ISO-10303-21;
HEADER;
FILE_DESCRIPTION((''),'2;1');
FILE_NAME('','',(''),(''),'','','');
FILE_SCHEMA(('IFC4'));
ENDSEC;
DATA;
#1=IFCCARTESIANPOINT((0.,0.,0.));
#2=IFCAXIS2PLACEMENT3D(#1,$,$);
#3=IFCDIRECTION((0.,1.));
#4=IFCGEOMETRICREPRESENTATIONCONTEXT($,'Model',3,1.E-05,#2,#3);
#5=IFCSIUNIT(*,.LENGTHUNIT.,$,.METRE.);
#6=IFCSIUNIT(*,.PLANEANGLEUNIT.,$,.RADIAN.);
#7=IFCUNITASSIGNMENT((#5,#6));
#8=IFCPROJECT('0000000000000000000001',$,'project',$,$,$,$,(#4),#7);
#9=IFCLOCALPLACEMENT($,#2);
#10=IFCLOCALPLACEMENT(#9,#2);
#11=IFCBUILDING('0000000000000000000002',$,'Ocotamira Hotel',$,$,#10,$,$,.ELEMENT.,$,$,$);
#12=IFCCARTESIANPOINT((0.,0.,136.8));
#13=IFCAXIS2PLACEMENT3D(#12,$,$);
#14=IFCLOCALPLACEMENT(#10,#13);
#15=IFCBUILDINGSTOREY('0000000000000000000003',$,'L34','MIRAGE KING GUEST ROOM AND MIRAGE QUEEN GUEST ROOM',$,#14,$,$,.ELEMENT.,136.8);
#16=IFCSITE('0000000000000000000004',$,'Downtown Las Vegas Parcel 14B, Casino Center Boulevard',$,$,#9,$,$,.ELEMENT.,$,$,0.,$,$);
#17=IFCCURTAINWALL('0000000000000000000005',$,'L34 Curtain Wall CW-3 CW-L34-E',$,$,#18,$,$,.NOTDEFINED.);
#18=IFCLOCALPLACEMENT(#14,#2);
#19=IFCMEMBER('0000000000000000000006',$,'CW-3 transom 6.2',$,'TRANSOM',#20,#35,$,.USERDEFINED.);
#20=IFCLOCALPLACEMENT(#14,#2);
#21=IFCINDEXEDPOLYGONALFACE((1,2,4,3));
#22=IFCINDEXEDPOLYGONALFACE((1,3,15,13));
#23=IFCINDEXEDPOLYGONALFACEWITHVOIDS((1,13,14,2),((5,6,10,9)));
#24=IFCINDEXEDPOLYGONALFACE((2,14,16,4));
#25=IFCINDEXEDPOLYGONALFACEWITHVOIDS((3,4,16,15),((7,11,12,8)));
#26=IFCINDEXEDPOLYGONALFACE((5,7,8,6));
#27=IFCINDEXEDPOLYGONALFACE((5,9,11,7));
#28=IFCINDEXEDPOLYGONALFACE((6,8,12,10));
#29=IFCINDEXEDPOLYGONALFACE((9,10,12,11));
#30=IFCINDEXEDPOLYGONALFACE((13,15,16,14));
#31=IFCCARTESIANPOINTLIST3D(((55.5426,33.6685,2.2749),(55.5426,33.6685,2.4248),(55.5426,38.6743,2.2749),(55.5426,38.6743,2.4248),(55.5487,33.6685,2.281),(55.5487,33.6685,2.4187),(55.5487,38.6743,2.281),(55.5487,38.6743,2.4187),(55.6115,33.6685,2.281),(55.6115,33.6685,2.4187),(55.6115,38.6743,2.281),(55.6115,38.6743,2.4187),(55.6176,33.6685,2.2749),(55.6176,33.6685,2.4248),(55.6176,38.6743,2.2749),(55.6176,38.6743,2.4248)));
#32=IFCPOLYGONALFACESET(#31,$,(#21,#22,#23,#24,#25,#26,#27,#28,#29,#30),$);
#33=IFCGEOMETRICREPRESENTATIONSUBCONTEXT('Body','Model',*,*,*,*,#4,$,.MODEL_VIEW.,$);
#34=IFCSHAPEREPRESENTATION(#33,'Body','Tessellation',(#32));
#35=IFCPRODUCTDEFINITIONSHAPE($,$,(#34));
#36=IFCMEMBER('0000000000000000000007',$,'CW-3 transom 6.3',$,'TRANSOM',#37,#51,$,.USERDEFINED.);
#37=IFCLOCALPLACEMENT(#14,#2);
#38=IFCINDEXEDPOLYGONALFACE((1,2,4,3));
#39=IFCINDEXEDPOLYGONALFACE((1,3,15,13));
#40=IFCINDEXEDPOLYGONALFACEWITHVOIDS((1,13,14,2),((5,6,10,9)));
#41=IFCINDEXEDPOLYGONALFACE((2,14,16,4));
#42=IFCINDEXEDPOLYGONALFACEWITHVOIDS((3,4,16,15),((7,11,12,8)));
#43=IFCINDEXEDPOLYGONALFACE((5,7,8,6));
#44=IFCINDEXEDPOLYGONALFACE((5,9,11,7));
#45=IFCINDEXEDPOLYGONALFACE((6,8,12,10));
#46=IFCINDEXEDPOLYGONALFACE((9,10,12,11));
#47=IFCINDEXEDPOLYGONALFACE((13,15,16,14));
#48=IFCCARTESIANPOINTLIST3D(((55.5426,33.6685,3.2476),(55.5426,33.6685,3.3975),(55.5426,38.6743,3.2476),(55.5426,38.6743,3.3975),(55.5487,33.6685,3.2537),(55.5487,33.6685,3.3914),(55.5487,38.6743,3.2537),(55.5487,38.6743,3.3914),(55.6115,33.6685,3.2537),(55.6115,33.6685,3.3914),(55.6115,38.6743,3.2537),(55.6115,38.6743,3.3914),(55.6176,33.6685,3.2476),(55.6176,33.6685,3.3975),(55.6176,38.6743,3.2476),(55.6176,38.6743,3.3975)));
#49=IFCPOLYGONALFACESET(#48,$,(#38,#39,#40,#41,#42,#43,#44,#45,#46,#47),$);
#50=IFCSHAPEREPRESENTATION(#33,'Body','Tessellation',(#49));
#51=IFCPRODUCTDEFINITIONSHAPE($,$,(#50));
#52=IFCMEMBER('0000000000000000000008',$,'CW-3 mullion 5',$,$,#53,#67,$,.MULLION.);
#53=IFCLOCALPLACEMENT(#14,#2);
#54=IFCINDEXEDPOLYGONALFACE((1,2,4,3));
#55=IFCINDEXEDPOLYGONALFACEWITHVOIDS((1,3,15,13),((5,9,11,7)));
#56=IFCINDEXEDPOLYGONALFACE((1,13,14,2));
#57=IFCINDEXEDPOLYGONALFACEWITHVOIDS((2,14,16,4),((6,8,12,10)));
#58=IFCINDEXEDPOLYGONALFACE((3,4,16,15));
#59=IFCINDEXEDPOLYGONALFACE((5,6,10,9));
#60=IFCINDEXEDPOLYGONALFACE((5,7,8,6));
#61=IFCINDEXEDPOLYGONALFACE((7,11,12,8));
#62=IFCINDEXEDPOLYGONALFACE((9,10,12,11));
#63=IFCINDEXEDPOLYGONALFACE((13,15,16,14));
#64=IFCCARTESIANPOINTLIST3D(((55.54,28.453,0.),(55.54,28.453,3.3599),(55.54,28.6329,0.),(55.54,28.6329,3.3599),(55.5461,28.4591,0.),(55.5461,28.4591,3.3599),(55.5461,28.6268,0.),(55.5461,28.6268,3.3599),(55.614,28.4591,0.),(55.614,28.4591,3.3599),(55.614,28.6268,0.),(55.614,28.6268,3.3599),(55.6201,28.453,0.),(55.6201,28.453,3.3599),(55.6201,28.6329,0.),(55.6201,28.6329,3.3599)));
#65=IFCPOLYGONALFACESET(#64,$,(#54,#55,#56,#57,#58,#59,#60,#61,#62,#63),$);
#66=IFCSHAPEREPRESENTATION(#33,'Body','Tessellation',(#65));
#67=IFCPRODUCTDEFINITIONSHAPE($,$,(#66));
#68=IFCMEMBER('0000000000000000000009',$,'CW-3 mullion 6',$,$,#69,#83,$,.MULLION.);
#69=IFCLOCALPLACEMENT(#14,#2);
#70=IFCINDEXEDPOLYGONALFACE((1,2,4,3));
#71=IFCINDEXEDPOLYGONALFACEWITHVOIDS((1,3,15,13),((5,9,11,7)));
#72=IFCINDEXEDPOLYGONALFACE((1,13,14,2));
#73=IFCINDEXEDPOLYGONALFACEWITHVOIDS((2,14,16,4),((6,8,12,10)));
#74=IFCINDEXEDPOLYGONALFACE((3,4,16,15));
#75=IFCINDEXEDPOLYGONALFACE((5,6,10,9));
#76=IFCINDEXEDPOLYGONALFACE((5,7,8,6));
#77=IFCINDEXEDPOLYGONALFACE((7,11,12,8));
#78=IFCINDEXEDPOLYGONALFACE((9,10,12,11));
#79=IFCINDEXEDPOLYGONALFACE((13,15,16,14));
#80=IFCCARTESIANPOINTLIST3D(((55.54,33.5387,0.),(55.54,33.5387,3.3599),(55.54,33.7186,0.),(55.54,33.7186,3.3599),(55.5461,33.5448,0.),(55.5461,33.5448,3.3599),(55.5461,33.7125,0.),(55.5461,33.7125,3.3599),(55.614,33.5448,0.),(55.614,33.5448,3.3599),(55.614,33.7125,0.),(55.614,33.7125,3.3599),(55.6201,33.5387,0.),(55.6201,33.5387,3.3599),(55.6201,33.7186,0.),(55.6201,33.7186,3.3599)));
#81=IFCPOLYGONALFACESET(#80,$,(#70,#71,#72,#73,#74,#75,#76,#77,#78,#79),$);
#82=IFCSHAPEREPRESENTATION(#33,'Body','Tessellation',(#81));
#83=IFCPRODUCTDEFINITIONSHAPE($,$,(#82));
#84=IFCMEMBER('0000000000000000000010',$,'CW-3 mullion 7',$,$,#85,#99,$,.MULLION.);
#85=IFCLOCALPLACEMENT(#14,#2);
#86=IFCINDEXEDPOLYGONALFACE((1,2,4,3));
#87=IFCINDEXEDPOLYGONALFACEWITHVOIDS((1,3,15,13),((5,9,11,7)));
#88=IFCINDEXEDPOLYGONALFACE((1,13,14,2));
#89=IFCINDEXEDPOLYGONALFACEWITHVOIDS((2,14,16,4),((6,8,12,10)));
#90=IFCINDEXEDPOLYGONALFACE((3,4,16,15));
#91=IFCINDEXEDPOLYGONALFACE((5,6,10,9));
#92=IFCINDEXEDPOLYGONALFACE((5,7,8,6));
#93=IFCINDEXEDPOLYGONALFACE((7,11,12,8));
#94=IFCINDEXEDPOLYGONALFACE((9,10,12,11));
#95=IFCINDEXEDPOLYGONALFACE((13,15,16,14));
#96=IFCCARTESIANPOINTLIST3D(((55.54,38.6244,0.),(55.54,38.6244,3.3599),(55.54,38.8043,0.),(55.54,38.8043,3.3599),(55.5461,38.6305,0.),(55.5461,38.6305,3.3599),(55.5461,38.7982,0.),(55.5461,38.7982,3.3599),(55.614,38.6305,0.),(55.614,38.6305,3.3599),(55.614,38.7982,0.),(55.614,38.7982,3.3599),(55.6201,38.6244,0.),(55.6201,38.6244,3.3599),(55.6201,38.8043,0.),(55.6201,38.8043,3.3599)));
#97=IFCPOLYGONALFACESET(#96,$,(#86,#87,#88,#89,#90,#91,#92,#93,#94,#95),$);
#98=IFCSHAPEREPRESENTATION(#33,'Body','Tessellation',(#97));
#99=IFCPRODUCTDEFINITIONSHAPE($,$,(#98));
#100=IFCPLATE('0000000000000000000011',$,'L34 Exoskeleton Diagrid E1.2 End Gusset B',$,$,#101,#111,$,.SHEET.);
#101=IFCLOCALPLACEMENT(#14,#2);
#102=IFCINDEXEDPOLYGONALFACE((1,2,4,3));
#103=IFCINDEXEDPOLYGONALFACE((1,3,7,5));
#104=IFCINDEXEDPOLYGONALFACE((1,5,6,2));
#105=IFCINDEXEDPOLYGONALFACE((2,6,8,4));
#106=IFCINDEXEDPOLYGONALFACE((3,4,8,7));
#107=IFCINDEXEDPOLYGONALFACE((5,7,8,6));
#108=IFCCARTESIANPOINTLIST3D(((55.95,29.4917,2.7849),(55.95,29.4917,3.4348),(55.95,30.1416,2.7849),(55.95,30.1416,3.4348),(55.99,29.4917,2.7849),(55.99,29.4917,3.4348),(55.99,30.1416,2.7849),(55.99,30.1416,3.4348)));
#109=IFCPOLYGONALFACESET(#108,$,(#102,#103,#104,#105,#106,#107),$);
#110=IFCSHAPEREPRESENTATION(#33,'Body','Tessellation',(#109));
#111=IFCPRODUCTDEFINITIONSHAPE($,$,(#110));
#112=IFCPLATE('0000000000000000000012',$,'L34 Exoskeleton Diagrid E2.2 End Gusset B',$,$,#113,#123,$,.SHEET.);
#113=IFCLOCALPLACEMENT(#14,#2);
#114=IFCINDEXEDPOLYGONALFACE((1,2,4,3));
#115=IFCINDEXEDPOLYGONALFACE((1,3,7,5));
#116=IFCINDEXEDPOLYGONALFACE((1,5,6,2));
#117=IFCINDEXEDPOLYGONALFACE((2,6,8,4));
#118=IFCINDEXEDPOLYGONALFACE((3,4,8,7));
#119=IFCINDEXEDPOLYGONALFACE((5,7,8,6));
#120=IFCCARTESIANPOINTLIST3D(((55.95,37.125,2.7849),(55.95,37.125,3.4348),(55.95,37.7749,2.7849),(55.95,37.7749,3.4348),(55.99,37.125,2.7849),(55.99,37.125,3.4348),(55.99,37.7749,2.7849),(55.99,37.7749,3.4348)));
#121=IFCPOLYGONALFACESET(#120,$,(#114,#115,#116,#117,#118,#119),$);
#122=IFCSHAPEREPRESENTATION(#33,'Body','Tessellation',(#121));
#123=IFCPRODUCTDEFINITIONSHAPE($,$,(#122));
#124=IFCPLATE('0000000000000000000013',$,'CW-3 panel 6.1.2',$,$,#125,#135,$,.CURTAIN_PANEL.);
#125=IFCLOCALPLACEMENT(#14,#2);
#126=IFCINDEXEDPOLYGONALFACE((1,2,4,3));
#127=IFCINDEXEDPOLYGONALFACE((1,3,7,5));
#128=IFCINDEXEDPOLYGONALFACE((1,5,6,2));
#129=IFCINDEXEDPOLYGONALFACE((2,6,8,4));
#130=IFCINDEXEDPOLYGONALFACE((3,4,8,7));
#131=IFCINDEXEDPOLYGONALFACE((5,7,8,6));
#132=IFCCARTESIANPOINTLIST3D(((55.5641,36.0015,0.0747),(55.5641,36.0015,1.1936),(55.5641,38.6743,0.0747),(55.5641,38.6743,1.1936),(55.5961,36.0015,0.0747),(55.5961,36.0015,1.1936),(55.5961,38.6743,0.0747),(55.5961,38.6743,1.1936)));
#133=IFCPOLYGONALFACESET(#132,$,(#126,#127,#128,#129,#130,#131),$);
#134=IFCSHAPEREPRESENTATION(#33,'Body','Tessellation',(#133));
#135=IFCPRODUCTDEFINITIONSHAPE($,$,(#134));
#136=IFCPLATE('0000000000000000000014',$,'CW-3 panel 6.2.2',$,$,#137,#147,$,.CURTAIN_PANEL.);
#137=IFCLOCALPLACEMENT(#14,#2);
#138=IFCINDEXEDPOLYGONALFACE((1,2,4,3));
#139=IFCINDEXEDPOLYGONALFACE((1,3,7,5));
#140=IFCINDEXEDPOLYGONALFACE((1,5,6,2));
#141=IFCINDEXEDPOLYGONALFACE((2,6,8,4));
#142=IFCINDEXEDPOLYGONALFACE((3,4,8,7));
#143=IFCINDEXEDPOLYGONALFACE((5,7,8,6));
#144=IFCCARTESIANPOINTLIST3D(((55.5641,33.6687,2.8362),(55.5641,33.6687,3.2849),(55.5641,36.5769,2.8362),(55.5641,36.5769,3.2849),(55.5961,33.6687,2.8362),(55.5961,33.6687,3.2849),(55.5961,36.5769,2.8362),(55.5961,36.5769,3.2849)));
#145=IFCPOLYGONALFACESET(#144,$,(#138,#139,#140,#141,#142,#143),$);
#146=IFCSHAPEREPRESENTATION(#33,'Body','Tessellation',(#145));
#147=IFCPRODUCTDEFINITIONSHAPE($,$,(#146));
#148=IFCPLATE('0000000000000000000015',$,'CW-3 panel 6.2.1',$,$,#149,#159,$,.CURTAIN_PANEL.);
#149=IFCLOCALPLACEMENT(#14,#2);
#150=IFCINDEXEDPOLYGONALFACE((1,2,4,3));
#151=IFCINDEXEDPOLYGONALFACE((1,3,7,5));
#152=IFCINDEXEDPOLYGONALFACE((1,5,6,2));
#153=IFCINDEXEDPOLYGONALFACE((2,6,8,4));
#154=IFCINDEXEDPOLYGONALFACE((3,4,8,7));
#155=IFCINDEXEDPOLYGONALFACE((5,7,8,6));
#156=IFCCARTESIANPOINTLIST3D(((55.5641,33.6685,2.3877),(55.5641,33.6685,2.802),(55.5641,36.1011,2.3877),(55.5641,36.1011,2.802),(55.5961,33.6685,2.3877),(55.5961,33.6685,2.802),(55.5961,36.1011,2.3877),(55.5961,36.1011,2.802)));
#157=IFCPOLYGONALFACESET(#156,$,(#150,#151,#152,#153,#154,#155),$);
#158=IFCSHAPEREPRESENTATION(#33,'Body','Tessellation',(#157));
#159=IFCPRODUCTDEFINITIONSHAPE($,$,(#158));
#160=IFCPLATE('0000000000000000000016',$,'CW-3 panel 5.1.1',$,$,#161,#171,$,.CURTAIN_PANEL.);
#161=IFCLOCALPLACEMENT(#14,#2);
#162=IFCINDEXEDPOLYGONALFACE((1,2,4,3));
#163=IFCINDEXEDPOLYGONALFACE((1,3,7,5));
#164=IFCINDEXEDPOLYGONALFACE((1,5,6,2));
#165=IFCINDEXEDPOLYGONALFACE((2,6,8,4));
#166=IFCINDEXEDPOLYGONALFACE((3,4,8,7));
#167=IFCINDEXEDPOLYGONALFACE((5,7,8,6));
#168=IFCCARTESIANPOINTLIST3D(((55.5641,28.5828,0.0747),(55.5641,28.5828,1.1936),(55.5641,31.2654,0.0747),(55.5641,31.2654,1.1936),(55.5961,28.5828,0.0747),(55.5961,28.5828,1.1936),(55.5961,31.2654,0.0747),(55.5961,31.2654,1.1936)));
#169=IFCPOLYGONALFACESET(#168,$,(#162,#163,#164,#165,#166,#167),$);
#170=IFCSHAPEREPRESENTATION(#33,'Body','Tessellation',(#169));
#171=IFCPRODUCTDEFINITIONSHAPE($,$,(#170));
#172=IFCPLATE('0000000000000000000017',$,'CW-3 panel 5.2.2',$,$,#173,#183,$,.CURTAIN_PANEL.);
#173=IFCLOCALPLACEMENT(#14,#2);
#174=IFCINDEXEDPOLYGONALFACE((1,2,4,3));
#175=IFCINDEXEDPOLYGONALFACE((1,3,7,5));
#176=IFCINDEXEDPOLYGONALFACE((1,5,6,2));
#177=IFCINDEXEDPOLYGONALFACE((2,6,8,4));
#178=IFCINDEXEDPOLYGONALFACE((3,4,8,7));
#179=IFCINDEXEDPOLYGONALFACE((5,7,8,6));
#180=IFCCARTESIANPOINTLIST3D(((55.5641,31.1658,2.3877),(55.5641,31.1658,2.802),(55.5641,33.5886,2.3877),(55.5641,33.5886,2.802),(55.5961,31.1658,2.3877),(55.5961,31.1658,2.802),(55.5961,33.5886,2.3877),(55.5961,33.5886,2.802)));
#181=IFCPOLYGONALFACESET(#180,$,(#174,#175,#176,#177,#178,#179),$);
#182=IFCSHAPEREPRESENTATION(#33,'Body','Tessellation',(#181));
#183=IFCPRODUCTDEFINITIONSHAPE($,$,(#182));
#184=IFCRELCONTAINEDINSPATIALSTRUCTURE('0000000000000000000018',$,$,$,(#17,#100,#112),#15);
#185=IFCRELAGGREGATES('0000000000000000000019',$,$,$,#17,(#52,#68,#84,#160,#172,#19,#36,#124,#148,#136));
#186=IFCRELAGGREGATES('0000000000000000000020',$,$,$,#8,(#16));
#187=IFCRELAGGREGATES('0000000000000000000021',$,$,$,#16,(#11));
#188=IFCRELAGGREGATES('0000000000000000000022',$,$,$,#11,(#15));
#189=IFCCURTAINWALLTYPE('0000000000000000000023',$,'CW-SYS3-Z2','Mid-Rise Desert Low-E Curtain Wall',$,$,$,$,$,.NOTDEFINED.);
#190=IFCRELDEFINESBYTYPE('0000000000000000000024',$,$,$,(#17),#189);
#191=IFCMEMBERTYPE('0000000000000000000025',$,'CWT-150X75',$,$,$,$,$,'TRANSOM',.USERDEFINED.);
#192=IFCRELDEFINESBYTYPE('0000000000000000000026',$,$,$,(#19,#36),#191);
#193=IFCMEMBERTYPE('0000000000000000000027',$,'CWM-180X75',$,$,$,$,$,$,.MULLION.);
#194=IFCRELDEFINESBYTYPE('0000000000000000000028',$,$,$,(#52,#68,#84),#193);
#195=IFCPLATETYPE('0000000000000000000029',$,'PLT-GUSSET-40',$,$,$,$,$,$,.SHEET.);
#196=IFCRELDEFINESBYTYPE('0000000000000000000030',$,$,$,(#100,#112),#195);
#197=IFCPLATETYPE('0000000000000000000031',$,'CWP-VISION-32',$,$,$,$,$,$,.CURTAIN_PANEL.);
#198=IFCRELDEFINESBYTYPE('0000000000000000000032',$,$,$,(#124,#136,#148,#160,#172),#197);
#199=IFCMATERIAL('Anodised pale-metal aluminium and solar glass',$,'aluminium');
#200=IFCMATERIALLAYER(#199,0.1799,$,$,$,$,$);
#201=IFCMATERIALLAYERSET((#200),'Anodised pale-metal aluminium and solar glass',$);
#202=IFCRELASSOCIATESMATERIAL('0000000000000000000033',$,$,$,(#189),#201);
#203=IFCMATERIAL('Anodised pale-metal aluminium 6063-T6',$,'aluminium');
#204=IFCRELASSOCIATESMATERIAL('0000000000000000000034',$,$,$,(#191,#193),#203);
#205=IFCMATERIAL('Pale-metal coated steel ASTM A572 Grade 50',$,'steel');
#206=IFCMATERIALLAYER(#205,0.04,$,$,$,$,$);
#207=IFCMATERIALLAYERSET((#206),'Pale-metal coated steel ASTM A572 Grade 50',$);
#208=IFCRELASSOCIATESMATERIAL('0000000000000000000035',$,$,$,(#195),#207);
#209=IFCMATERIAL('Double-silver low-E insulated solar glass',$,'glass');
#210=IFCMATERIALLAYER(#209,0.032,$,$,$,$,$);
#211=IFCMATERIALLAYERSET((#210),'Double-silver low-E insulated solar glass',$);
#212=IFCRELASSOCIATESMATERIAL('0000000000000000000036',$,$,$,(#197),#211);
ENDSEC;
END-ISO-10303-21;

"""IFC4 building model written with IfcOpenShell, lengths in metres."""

from ifc_helpers import new_model, si_unit, direction, frame, origin, origin_2d, place, context, subcontext, project, spatial, rectangle, hollow_rectangle, extrude, source, transform, mapped, material, layer, layer_set, material_profile, profile_set, type_object, element, aggregate, save


model = new_model("IFC4")

# Units and contexts
model_context = context("Model", 3, precision=1e-05, world=origin(), true_north=direction((0.0, 1.0)))
body_context = subcontext(model_context, "Body", "Model", "MODEL_VIEW")
ifc_project = project(units=[si_unit("LENGTHUNIT", "METRE"), si_unit("PLANEANGLEUNIT", "RADIAN")], contexts=[model_context])

# Site, building, storey
site_placement = place(None, origin())
site = spatial("IfcSite", under=ifc_project, at=site_placement, Name="Downtown Las Vegas Parcel 14B, Casino Center Boulevard", CompositionType="ELEMENT", RefElevation=0.0)
building_placement = place(site_placement, origin())
building = spatial("IfcBuilding", under=site, at=building_placement, Name="Ocotamira Hotel", CompositionType="ELEMENT")
storey_placement = place(building_placement, frame((0.0, 0.0, 136.8)))
storey = spatial("IfcBuildingStorey", under=building, at=storey_placement, Name="L34", Description="MIRAGE KING GUEST ROOM AND MIRAGE QUEEN GUEST ROOM", CompositionType="ELEMENT", Elevation=136.8)

# Curtain wall, members
ifc_material_1 = material(Name="Anodised pale-metal aluminium and solar glass", Category="aluminium")
ifc_layer_1 = layer(ifc_material_1, 0.1799)
ifc_layer_set_1 = layer_set([ifc_layer_1], Name="Anodised pale-metal aluminium and solar glass")
curtain_wall_type = type_object("IfcCurtainWallType", Name="CW-SYS3-Z2", Description="Mid-Rise Desert Low-E Curtain Wall", PredefinedType="NOTDEFINED", material=ifc_layer_set_1)
curtain_wall_placement = place(storey_placement, origin())
curtain_wall = element("IfcCurtainWall", 1, at=curtain_wall_placement, inside=storey, type_object=curtain_wall_type, Name="L34 Curtain Wall CW-3 CW-L34-E", PredefinedType="NOTDEFINED")
ifc_material_2 = material(Name="Anodised pale-metal aluminium 6063-T6", Category="aluminium")
ifc_material_profile_1 = material_profile(ifc_material_2, hollow_rectangle(XDim=0.075, YDim=0.1499, WallThickness=0.0061, at=origin_2d()), Name="HSS150X75X6")
ifc_profile_set_1 = profile_set([ifc_material_profile_1], Name="Anodised pale-metal aluminium 6063-T6")
member_type_1 = type_object("IfcMemberType", Name="CWT-150X75", ElementType="TRANSOM", PredefinedType="USERDEFINED", material=ifc_profile_set_1)
shared_shape_1 = source(origin(), body_context, "Body", "SweptSolid", [
    extrude(hollow_rectangle(XDim=0.075, YDim=0.1499, WallThickness=0.0061, at=origin_2d()), origin(), (0.0, 0.0, 1.0), 5.0059),
])
member_1_placement = place(storey_placement, frame((55.5801, 33.6685, 2.3499), z_axis=(0.0, 1.0, 0.0), x_axis=(-1.0, 0.0, 0.0)))
member_1 = element("IfcMember", 2, at=member_1_placement, type_object=member_type_1, Name="CW-3 transom 6.2", ObjectType="TRANSOM", PredefinedType="USERDEFINED", context=body_context, shape_type="MappedRepresentation", body=[
    mapped(shared_shape_1, transform((0.0, 0.0, 0.0), scale=1.0)),
])
member_2_placement = place(storey_placement, frame((55.5801, 33.6685, 3.3225), z_axis=(0.0, 1.0, 0.0), x_axis=(-1.0, 0.0, 0.0)))
member_2 = element("IfcMember", 3, at=member_2_placement, type_object=member_type_1, Name="CW-3 transom 6.3", ObjectType="TRANSOM", PredefinedType="USERDEFINED", context=body_context, shape_type="MappedRepresentation", body=[
    mapped(shared_shape_1, transform((0.0, 0.0, 0.0), scale=1.0)),
])
ifc_material_profile_2 = material_profile(ifc_material_2, hollow_rectangle(XDim=0.0801, YDim=0.1799, WallThickness=0.0061, at=origin_2d()), Name="HSS180X80X6")
ifc_profile_set_2 = profile_set([ifc_material_profile_2], Name="Anodised pale-metal aluminium 6063-T6")
member_type_2 = type_object("IfcMemberType", Name="CWM-180X75", PredefinedType="MULLION", material=ifc_profile_set_2)
shared_shape_2 = source(origin(), body_context, "Body", "SweptSolid", [
    extrude(hollow_rectangle(XDim=0.0801, YDim=0.1799, WallThickness=0.0061, at=origin_2d()), origin(), (0.0, 0.0, 1.0), 3.3599),
])
member_3_placement = place(storey_placement, frame((55.5801, 28.543, 0.0), z_axis=(0.0, 0.0, 1.0), x_axis=(-1.0, 0.0, 0.0)))
member_3 = element("IfcMember", 4, at=member_3_placement, type_object=member_type_2, Name="CW-3 mullion 5", PredefinedType="MULLION", context=body_context, shape_type="MappedRepresentation", body=[
    mapped(shared_shape_2, transform((0.0, 0.0, 0.0), scale=1.0)),
])
member_4_placement = place(storey_placement, frame((55.5801, 33.6287, 0.0), z_axis=(0.0, 0.0, 1.0), x_axis=(-1.0, 0.0, 0.0)))
member_4 = element("IfcMember", 5, at=member_4_placement, type_object=member_type_2, Name="CW-3 mullion 6", PredefinedType="MULLION", context=body_context, shape_type="MappedRepresentation", body=[
    mapped(shared_shape_2, transform((0.0, 0.0, 0.0), scale=1.0)),
])
member_5_placement = place(storey_placement, frame((55.5801, 38.7144, 0.0), z_axis=(0.0, 0.0, 1.0), x_axis=(-1.0, 0.0, 0.0)))
member_5 = element("IfcMember", 6, at=member_5_placement, type_object=member_type_2, Name="CW-3 mullion 7", PredefinedType="MULLION", context=body_context, shape_type="MappedRepresentation", body=[
    mapped(shared_shape_2, transform((0.0, 0.0, 0.0), scale=1.0)),
])

# Plates
ifc_material_3 = material(Name="Pale-metal coated steel ASTM A572 Grade 50", Category="steel")
ifc_layer_2 = layer(ifc_material_3, 0.04)
ifc_layer_set_2 = layer_set([ifc_layer_2], Name="Pale-metal coated steel ASTM A572 Grade 50")
plate_type_1 = type_object("IfcPlateType", Name="PLT-GUSSET-40", PredefinedType="SHEET", material=ifc_layer_set_2)
shared_shape_3 = source(origin(), body_context, "Body", "SweptSolid", [
    extrude(rectangle(XDim=0.04, YDim=0.6499, at=origin_2d()), origin(), (0.0, 0.0, 1.0), 0.6499),
])
for number, where, z_axis, x_axis, name in (
    (7, (55.97, 29.8167, 2.7849), (0.0, 0.0, 1.0), (1.0, 0.0, 0.0), "L34 Exoskeleton Diagrid E1.2 End Gusset B"),
    (8, (55.97, 37.45, 2.7849), (0.0, 0.0, 1.0), (1.0, 0.0, 0.0), "L34 Exoskeleton Diagrid E2.2 End Gusset B"),
):
    element("IfcPlate", number, at=place(storey_placement, frame(where, z_axis=z_axis, x_axis=x_axis)), inside=storey, type_object=plate_type_1, Name=name, PredefinedType="SHEET", context=body_context, shape_type="MappedRepresentation", body=[
        mapped(shared_shape_3, transform((0.0, 0.0, 0.0), scale=1.0)),
    ])

# Plates
ifc_material_4 = material(Name="Double-silver low-E insulated solar glass", Category="glass")
ifc_layer_3 = layer(ifc_material_4, 0.032)
ifc_layer_set_3 = layer_set([ifc_layer_3], Name="Double-silver low-E insulated solar glass")
plate_type_2 = type_object("IfcPlateType", Name="CWP-VISION-32", PredefinedType="CURTAIN_PANEL", material=ifc_layer_set_3)
shared_shape_4 = source(origin(), body_context, "Body", "SweptSolid", [
    extrude(rectangle(XDim=2.6729, YDim=0.032, at=origin_2d()), origin(), (0.0, 0.0, 1.0), 1.1189),
])
plate_1_placement = place(storey_placement, frame((55.5801, 37.3379, 0.0747), z_axis=(0.0, 0.0, 1.0), x_axis=(0.0, 1.0, 0.0)))
plate_1 = element("IfcPlate", 9, at=plate_1_placement, type_object=plate_type_2, Name="CW-3 panel 6.1.2", PredefinedType="CURTAIN_PANEL", context=body_context, shape_type="MappedRepresentation", body=[
    mapped(shared_shape_4, transform((0.0, 0.0, 0.0), scale=1.0)),
])
shared_shape_5 = source(origin(), body_context, "Body", "SweptSolid", [
    extrude(rectangle(XDim=2.9082, YDim=0.032, at=origin_2d()), origin(), (0.0, 0.0, 1.0), 0.4487),
])
plate_2_placement = place(storey_placement, frame((55.5801, 35.1228, 2.8362), z_axis=(0.0, 0.0, 1.0), x_axis=(0.0, 1.0, 0.0)))
plate_2 = element("IfcPlate", 10, at=plate_2_placement, type_object=plate_type_2, Name="CW-3 panel 6.2.2", PredefinedType="CURTAIN_PANEL", context=body_context, shape_type="MappedRepresentation", body=[
    mapped(shared_shape_5, transform((0.0, 0.0, 0.0), scale=1.0)),
])
shared_shape_6 = source(origin(), body_context, "Body", "SweptSolid", [
    extrude(rectangle(XDim=2.4326, YDim=0.032, at=origin_2d()), origin(), (0.0, 0.0, 1.0), 0.4143),
])
plate_3_placement = place(storey_placement, frame((55.5801, 34.8848, 2.3877), z_axis=(0.0, 0.0, 1.0), x_axis=(0.0, 1.0, 0.0)))
plate_3 = element("IfcPlate", 11, at=plate_3_placement, type_object=plate_type_2, Name="CW-3 panel 6.2.1", PredefinedType="CURTAIN_PANEL", context=body_context, shape_type="MappedRepresentation", body=[
    mapped(shared_shape_6, transform((0.0, 0.0, 0.0), scale=1.0)),
])
shared_shape_7 = source(origin(), body_context, "Body", "SweptSolid", [
    extrude(rectangle(XDim=2.6826, YDim=0.032, at=origin_2d()), origin(), (0.0, 0.0, 1.0), 1.1189),
])
plate_4_placement = place(storey_placement, frame((55.5801, 29.9241, 0.0747), z_axis=(0.0, 0.0, 1.0), x_axis=(0.0, 1.0, 0.0)))
plate_4 = element("IfcPlate", 12, at=plate_4_placement, type_object=plate_type_2, Name="CW-3 panel 5.1.1", PredefinedType="CURTAIN_PANEL", context=body_context, shape_type="MappedRepresentation", body=[
    mapped(shared_shape_7, transform((0.0, 0.0, 0.0), scale=1.0)),
])
shared_shape_8 = source(origin(), body_context, "Body", "SweptSolid", [
    extrude(rectangle(XDim=2.4229, YDim=0.032, at=origin_2d()), origin(), (0.0, 0.0, 1.0), 0.4143),
])
plate_5_placement = place(storey_placement, frame((55.5801, 32.3772, 2.3877), z_axis=(0.0, 0.0, 1.0), x_axis=(0.0, 1.0, 0.0)))
plate_5 = element("IfcPlate", 13, at=plate_5_placement, type_object=plate_type_2, Name="CW-3 panel 5.2.2", PredefinedType="CURTAIN_PANEL", context=body_context, shape_type="MappedRepresentation", body=[
    mapped(shared_shape_8, transform((0.0, 0.0, 0.0), scale=1.0)),
])
aggregate(curtain_wall, [member_3, member_4, member_5, plate_4, plate_5, member_1, member_2, plate_1, plate_3, plate_2])

save(model, "model.ifc")
